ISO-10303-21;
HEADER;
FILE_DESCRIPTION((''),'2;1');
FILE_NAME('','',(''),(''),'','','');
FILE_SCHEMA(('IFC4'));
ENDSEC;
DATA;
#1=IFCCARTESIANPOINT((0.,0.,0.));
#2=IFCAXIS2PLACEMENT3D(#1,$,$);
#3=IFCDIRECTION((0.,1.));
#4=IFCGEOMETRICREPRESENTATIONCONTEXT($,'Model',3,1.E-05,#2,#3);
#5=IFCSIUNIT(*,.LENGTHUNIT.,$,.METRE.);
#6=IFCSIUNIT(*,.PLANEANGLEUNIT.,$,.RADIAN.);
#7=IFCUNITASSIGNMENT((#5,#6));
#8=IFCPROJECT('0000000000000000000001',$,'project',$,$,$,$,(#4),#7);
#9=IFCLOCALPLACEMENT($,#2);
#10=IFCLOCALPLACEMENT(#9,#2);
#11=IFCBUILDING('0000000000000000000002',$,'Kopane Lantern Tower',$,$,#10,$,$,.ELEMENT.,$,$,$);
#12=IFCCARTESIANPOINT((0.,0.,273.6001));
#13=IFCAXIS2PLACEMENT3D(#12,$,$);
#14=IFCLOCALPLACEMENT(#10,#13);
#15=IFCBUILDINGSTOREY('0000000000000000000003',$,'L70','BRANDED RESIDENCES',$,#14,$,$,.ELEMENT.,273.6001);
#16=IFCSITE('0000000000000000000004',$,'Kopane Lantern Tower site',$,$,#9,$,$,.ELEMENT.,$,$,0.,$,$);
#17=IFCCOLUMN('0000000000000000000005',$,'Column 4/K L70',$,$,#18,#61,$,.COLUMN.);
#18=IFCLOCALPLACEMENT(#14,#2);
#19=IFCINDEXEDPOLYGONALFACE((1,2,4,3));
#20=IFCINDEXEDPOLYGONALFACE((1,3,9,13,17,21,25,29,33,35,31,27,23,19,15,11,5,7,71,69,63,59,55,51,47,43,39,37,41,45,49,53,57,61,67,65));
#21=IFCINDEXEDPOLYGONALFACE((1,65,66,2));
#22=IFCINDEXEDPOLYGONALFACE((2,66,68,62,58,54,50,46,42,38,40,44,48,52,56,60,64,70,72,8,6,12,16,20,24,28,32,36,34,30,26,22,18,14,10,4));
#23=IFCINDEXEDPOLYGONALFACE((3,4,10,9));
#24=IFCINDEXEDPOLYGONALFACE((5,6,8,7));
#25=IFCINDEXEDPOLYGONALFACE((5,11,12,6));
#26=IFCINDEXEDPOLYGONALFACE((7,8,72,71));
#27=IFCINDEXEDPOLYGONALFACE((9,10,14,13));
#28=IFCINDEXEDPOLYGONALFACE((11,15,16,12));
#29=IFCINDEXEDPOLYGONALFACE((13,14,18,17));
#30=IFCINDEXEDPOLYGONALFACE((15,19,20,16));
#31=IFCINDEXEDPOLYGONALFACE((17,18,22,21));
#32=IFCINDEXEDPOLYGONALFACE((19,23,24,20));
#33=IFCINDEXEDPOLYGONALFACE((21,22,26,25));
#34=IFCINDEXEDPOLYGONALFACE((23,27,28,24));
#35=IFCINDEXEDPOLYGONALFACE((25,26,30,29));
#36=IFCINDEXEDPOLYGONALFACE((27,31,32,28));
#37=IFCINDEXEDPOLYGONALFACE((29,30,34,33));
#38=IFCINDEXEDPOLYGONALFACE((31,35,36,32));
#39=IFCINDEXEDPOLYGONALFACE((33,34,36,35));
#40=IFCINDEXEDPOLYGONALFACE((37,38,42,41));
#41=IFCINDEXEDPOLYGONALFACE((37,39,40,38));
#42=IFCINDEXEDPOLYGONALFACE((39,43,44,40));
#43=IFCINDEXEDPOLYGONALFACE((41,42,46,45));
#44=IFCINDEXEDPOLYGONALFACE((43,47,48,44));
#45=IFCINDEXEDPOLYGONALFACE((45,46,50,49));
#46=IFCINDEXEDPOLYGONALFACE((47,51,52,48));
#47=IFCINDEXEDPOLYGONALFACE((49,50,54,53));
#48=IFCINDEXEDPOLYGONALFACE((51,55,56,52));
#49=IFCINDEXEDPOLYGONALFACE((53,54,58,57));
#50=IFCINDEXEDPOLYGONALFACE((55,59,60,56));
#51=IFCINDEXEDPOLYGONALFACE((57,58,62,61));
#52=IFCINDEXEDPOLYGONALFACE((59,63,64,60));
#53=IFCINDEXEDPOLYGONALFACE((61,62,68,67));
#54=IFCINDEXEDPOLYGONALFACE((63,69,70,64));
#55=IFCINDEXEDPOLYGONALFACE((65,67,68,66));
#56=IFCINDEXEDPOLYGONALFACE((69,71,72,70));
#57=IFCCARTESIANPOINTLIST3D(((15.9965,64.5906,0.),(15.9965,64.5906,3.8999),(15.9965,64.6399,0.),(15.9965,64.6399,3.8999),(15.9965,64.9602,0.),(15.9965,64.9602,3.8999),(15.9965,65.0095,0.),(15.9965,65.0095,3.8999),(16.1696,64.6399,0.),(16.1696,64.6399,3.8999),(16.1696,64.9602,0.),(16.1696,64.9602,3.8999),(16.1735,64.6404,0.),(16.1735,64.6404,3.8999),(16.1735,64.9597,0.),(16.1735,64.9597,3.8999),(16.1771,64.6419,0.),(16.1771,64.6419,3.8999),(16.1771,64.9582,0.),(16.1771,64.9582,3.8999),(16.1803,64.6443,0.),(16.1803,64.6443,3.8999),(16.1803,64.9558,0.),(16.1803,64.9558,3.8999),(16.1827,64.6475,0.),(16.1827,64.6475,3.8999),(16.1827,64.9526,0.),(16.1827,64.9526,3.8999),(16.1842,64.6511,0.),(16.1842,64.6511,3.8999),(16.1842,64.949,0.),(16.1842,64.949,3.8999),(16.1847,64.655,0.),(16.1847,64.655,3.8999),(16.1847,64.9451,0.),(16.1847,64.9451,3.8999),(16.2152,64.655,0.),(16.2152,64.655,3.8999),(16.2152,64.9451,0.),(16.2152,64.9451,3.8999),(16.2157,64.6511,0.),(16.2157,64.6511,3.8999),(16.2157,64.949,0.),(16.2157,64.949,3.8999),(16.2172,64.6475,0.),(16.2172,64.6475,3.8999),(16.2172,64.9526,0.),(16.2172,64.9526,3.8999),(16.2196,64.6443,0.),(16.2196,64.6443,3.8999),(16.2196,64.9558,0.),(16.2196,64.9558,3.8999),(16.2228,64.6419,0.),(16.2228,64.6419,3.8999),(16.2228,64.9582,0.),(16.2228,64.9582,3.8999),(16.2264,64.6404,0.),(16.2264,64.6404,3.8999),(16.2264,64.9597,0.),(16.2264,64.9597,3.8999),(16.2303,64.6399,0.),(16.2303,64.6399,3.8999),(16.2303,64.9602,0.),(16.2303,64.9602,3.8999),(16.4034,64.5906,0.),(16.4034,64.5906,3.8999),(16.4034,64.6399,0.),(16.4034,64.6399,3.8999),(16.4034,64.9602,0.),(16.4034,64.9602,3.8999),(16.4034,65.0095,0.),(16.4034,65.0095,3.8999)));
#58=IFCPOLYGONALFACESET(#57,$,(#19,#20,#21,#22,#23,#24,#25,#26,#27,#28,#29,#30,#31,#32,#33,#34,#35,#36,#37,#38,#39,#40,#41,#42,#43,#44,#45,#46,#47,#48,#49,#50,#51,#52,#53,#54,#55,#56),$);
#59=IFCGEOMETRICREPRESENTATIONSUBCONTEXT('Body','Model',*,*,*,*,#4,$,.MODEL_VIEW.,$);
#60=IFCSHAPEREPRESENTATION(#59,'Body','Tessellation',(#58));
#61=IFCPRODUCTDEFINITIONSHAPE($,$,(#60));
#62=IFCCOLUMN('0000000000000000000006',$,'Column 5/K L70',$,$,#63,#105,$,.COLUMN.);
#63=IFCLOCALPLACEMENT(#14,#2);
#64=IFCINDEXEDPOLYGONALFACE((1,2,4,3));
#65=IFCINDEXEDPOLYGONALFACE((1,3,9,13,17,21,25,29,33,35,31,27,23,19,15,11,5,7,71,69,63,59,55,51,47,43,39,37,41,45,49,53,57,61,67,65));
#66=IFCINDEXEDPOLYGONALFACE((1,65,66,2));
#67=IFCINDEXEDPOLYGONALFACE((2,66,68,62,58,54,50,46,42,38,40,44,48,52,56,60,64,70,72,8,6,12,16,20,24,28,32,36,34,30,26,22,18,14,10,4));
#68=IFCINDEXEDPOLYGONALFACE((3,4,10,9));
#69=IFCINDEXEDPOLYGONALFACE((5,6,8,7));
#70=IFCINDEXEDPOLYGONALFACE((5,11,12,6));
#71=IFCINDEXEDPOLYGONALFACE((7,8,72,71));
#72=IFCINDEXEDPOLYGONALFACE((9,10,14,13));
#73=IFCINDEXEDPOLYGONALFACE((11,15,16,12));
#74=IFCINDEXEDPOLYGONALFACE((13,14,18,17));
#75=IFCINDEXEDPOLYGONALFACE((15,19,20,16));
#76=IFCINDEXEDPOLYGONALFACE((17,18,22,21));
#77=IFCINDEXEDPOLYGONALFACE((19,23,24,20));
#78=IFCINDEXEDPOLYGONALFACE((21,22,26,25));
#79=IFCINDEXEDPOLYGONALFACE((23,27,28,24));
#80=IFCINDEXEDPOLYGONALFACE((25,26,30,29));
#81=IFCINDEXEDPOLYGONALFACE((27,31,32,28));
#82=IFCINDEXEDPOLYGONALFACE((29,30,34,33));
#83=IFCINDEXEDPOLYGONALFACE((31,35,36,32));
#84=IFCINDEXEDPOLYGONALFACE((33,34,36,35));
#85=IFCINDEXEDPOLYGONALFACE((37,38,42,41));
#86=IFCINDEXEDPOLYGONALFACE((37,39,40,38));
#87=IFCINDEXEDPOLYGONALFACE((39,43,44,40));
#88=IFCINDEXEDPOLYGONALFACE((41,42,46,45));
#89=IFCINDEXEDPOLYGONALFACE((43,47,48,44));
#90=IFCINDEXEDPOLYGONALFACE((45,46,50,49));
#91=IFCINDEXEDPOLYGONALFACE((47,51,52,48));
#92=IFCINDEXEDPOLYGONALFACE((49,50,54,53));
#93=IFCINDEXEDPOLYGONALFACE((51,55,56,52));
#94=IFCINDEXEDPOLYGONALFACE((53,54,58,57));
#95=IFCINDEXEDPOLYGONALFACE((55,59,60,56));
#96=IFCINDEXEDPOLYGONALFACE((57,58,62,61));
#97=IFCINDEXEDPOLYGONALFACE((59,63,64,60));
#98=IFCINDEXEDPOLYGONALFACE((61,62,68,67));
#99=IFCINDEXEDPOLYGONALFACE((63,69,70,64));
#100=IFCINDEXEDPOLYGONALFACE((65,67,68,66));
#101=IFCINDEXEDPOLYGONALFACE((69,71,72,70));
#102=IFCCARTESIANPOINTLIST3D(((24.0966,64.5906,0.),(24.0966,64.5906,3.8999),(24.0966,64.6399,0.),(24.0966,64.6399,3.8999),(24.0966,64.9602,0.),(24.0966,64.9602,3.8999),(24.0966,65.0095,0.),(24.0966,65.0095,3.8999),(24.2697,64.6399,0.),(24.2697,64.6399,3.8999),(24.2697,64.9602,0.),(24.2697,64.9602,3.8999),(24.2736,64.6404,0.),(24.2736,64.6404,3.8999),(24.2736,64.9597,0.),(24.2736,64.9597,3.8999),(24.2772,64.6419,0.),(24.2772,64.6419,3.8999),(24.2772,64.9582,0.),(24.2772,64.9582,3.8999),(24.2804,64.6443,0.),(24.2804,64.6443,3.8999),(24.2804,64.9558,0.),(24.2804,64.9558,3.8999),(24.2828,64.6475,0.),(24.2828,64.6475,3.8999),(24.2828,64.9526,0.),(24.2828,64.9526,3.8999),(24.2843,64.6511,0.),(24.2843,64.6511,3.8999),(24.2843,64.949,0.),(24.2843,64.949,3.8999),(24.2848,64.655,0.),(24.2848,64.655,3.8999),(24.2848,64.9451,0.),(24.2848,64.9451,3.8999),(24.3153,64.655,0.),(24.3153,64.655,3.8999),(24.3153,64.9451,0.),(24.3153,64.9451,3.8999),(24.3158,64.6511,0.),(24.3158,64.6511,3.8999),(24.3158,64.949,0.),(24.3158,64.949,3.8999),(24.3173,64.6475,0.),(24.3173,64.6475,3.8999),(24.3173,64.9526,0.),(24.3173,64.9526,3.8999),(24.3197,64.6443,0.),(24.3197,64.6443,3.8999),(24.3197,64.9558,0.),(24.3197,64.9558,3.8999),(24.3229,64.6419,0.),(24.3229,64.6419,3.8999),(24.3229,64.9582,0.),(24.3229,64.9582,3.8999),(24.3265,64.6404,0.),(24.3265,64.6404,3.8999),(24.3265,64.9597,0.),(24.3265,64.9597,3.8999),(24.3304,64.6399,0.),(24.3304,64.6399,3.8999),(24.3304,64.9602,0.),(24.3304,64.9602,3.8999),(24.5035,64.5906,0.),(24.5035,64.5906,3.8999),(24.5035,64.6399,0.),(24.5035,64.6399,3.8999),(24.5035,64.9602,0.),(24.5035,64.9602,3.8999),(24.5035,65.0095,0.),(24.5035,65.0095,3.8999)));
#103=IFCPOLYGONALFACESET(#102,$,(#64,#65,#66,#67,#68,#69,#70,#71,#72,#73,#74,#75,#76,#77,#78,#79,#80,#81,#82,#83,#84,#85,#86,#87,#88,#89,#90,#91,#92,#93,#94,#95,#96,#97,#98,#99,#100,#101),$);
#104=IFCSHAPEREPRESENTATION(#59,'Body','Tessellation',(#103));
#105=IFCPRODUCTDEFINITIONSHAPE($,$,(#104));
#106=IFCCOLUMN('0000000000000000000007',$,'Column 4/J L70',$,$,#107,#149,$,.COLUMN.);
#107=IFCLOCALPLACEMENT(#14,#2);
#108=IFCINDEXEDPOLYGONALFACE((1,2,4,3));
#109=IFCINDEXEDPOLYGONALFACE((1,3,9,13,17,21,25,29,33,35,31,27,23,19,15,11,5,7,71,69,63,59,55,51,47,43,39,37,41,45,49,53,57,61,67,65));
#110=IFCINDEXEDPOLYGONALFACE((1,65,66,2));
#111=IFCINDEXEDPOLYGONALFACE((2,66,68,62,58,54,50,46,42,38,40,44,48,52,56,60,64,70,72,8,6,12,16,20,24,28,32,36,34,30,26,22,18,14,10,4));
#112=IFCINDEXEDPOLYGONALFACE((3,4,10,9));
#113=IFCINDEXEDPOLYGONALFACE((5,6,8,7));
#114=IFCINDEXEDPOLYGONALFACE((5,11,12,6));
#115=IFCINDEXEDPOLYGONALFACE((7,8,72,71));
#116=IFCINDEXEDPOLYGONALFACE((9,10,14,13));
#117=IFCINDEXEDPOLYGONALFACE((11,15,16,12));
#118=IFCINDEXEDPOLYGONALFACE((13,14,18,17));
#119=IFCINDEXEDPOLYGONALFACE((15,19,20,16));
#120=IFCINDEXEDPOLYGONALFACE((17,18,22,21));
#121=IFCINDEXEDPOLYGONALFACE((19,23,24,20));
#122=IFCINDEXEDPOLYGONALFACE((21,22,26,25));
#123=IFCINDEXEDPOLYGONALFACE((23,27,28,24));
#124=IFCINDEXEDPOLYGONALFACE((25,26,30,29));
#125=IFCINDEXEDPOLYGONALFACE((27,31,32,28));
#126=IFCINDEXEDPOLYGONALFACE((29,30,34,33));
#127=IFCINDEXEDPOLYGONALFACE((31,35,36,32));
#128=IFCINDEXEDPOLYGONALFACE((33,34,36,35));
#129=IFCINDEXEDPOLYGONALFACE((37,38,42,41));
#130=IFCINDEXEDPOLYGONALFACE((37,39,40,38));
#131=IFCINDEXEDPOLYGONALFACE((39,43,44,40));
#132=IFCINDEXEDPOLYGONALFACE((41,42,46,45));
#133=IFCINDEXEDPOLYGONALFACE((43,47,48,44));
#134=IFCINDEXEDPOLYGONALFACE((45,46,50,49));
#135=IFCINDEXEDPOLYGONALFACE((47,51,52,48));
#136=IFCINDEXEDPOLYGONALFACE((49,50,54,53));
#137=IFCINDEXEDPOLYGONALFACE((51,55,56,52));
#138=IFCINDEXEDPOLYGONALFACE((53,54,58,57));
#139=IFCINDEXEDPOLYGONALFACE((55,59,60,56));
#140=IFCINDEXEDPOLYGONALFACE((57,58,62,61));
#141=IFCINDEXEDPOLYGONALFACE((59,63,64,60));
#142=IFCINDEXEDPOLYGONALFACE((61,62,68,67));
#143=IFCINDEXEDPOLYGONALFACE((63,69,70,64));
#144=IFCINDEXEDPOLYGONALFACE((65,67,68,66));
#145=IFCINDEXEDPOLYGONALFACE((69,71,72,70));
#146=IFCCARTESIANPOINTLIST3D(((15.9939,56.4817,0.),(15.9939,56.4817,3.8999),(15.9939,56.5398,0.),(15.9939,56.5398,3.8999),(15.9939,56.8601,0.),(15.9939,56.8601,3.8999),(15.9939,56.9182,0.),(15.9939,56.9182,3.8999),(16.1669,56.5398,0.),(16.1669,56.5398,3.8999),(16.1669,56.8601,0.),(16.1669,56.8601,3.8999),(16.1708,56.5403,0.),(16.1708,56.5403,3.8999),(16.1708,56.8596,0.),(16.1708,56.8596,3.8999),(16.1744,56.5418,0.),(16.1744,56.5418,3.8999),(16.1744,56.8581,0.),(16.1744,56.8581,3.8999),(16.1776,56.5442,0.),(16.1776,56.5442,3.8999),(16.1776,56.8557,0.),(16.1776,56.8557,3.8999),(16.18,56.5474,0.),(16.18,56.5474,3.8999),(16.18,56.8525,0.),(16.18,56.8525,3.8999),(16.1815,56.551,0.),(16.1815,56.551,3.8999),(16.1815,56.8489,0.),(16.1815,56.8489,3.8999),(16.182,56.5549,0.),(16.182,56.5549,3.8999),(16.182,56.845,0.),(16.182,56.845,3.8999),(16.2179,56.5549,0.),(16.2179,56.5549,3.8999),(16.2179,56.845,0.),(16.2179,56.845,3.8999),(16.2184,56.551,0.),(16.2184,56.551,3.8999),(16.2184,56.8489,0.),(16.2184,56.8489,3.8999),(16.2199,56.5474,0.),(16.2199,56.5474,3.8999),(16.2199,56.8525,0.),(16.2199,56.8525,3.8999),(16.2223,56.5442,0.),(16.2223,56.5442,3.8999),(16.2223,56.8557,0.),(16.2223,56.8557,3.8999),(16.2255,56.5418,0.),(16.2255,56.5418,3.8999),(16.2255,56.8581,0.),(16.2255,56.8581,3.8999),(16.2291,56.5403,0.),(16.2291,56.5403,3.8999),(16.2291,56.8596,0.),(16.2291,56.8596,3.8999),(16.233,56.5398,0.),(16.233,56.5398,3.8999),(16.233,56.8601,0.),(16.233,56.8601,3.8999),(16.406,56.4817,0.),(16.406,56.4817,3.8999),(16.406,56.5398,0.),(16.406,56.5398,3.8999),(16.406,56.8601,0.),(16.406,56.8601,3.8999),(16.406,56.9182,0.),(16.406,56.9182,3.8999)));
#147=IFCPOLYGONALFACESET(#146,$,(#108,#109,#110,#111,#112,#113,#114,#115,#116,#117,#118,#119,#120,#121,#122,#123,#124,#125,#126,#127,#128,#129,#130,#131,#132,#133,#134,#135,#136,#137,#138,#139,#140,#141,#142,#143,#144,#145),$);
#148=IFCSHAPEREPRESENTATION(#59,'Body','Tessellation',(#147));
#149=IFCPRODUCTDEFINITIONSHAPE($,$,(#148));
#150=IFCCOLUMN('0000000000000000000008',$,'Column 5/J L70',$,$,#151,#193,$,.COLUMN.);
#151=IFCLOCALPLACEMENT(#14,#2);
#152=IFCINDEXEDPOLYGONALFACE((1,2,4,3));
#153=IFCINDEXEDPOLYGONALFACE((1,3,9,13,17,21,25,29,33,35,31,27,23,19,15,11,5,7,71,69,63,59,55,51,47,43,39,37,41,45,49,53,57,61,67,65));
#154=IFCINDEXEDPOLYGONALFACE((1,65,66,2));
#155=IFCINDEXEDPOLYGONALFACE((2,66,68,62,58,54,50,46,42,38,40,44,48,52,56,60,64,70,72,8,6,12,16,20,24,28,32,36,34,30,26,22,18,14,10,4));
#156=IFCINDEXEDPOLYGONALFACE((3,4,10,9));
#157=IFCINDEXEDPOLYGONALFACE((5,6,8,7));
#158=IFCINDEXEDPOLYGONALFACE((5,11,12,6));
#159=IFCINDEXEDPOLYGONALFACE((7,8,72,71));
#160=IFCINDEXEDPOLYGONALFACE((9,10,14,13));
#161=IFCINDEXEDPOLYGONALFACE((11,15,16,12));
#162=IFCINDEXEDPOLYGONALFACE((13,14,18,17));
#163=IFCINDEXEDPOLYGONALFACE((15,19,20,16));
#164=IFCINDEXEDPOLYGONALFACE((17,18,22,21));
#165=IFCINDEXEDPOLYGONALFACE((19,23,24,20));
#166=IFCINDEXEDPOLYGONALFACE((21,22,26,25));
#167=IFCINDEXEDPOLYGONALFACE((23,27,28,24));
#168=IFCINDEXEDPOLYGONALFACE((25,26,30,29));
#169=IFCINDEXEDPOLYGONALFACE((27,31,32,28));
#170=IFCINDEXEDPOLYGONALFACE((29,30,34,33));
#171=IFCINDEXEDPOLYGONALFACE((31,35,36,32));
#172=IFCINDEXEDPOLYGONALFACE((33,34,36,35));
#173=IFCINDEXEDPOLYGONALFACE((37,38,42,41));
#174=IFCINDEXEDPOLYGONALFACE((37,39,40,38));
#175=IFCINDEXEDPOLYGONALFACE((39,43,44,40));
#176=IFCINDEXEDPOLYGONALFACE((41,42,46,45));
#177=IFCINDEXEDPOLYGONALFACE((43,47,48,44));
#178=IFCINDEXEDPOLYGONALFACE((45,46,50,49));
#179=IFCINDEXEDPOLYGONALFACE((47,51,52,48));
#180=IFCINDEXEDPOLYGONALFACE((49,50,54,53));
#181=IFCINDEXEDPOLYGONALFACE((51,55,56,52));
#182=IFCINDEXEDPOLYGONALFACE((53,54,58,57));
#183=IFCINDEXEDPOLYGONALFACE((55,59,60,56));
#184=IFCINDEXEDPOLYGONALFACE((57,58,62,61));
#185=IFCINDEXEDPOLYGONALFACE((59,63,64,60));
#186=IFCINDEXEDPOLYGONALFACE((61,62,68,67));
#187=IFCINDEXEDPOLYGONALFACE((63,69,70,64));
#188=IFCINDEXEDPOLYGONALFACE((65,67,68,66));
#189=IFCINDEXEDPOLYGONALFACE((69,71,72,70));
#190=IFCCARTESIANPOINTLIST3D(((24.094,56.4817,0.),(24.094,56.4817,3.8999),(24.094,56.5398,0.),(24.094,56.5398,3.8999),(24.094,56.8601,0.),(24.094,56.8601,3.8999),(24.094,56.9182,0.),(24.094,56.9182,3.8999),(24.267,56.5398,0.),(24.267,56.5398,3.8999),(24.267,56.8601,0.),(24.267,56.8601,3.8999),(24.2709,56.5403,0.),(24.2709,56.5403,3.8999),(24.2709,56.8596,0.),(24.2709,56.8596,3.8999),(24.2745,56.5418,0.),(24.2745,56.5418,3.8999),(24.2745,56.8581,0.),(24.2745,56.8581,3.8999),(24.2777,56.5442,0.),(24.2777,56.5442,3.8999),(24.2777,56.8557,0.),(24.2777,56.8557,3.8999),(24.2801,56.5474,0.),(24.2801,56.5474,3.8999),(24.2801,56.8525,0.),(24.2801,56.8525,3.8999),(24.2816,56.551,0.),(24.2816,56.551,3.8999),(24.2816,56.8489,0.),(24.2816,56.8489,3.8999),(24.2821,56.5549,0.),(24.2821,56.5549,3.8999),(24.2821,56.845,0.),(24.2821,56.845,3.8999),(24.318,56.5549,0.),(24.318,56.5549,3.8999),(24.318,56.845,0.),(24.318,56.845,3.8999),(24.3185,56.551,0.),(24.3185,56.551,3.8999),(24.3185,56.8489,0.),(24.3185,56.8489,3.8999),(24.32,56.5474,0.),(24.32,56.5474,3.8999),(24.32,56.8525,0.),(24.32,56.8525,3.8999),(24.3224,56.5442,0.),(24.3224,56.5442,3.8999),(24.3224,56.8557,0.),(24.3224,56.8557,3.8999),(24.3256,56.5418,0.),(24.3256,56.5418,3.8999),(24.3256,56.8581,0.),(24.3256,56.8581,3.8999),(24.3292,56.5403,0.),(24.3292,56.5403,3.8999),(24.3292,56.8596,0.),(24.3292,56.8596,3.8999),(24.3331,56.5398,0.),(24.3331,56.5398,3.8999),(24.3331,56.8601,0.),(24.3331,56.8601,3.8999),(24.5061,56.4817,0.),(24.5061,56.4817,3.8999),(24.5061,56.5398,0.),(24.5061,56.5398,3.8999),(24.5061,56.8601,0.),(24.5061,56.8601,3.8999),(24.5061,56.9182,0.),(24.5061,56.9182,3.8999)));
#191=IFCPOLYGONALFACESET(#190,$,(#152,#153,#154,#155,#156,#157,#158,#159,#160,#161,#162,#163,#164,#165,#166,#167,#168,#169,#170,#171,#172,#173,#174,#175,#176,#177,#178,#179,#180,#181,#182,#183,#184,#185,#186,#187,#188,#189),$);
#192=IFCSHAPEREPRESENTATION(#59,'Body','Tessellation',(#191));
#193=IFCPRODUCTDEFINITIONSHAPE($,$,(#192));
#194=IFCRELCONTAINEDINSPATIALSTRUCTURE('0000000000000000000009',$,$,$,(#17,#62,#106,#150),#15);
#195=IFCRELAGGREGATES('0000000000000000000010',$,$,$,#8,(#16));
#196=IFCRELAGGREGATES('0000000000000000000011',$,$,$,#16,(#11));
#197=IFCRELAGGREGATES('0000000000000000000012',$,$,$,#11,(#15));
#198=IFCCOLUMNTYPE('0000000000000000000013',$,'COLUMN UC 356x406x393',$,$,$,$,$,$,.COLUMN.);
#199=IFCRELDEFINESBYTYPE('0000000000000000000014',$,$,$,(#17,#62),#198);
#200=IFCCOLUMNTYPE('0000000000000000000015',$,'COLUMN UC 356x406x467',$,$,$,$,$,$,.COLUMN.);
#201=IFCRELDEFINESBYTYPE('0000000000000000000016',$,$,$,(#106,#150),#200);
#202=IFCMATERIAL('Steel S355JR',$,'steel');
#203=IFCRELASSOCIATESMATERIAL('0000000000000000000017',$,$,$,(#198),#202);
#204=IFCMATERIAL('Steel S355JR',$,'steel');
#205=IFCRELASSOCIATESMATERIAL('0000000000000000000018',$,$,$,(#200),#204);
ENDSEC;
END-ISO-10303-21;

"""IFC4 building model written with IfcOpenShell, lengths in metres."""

from ifc_helpers import new_model, si_unit, direction, frame, origin, origin_2d, place, context, subcontext, project, spatial, i_section, extrude, material, material_profile, profile_set, type_object, element, save


model = new_model("IFC4")

# Units and contexts
model_context = context("Model", 3, precision=1e-05, world=origin(), true_north=direction((0.0, 1.0)))
body_context = subcontext(model_context, "Body", "Model", "MODEL_VIEW")
ifc_project = project(units=[si_unit("LENGTHUNIT", "METRE"), si_unit("PLANEANGLEUNIT", "RADIAN")], contexts=[model_context])

# Site, building, storey
site_placement = place(None, origin())
site = spatial("IfcSite", under=ifc_project, at=site_placement, Name="Kopane Lantern Tower site", CompositionType="ELEMENT", RefElevation=0.0)
building_placement = place(site_placement, origin())
building = spatial("IfcBuilding", under=site, at=building_placement, Name="Kopane Lantern Tower", CompositionType="ELEMENT")
storey_placement = place(building_placement, frame((0.0, 0.0, 273.6001)))
storey = spatial("IfcBuildingStorey", under=building, at=storey_placement, Name="L70", Description="BRANDED RESIDENCES", CompositionType="ELEMENT", Elevation=273.6001)

# Columns
ifc_material_1 = material(Name="Steel S355JR", Category="steel")
ifc_material_profile_1 = material_profile(ifc_material_1, i_section(OverallWidth=0.407, OverallDepth=0.4189, WebThickness=0.0305, FlangeThickness=0.0493, FilletRadius=0.0151, at=origin_2d()), Name="UC 356x406x393")
ifc_profile_set_1 = profile_set([ifc_material_profile_1], Name="Steel S355JR")
column_type_1 = type_object("IfcColumnType", Name="COLUMN UC 356x406x393", PredefinedType="COLUMN", material=ifc_profile_set_1)
for number, where, z_axis, x_axis, name in (
    (1, (16.2, 64.8, 0.0), (0.0, 0.0, 1.0), (1.0, 0.0, 0.0), "Column 4/K L70"),
    (2, (24.3, 64.8, 0.0), (0.0, 0.0, 1.0), (1.0, 0.0, 0.0), "Column 5/K L70"),
):
    element("IfcColumn", number, at=place(storey_placement, frame(where, z_axis=z_axis, x_axis=x_axis)), inside=storey, type_object=column_type_1, Name=name, PredefinedType="COLUMN", context=body_context, shape_type="SweptSolid", body=[
        extrude(i_section(OverallWidth=0.407, OverallDepth=0.4189, WebThickness=0.0305, FlangeThickness=0.0493, FilletRadius=0.0151, at=origin_2d()), origin(), (0.0, 0.0, 1.0), 3.8999),
    ])
ifc_material_2 = material(Name="Steel S355JR", Category="steel")
ifc_material_profile_2 = material_profile(ifc_material_2, i_section(OverallWidth=0.4121, OverallDepth=0.4365, WebThickness=0.0359, FlangeThickness=0.0581, FilletRadius=0.0151, at=origin_2d()), Name="UC 356x406x467")
ifc_profile_set_2 = profile_set([ifc_material_profile_2], Name="Steel S355JR")
column_type_2 = type_object("IfcColumnType", Name="COLUMN UC 356x406x467", PredefinedType="COLUMN", material=ifc_profile_set_2)
for number, where, z_axis, x_axis, name in (
    (3, (16.2, 56.7, 0.0), (0.0, 0.0, 1.0), (1.0, 0.0, 0.0), "Column 4/J L70"),
    (4, (24.3, 56.7, 0.0), (0.0, 0.0, 1.0), (1.0, 0.0, 0.0), "Column 5/J L70"),
):
    element("IfcColumn", number, at=place(storey_placement, frame(where, z_axis=z_axis, x_axis=x_axis)), inside=storey, type_object=column_type_2, Name=name, PredefinedType="COLUMN", context=body_context, shape_type="SweptSolid", body=[
        extrude(i_section(OverallWidth=0.4121, OverallDepth=0.4365, WebThickness=0.0359, FlangeThickness=0.0581, FilletRadius=0.0151, at=origin_2d()), origin(), (0.0, 0.0, 1.0), 3.8999),
    ])

save(model, "model.ifc")
